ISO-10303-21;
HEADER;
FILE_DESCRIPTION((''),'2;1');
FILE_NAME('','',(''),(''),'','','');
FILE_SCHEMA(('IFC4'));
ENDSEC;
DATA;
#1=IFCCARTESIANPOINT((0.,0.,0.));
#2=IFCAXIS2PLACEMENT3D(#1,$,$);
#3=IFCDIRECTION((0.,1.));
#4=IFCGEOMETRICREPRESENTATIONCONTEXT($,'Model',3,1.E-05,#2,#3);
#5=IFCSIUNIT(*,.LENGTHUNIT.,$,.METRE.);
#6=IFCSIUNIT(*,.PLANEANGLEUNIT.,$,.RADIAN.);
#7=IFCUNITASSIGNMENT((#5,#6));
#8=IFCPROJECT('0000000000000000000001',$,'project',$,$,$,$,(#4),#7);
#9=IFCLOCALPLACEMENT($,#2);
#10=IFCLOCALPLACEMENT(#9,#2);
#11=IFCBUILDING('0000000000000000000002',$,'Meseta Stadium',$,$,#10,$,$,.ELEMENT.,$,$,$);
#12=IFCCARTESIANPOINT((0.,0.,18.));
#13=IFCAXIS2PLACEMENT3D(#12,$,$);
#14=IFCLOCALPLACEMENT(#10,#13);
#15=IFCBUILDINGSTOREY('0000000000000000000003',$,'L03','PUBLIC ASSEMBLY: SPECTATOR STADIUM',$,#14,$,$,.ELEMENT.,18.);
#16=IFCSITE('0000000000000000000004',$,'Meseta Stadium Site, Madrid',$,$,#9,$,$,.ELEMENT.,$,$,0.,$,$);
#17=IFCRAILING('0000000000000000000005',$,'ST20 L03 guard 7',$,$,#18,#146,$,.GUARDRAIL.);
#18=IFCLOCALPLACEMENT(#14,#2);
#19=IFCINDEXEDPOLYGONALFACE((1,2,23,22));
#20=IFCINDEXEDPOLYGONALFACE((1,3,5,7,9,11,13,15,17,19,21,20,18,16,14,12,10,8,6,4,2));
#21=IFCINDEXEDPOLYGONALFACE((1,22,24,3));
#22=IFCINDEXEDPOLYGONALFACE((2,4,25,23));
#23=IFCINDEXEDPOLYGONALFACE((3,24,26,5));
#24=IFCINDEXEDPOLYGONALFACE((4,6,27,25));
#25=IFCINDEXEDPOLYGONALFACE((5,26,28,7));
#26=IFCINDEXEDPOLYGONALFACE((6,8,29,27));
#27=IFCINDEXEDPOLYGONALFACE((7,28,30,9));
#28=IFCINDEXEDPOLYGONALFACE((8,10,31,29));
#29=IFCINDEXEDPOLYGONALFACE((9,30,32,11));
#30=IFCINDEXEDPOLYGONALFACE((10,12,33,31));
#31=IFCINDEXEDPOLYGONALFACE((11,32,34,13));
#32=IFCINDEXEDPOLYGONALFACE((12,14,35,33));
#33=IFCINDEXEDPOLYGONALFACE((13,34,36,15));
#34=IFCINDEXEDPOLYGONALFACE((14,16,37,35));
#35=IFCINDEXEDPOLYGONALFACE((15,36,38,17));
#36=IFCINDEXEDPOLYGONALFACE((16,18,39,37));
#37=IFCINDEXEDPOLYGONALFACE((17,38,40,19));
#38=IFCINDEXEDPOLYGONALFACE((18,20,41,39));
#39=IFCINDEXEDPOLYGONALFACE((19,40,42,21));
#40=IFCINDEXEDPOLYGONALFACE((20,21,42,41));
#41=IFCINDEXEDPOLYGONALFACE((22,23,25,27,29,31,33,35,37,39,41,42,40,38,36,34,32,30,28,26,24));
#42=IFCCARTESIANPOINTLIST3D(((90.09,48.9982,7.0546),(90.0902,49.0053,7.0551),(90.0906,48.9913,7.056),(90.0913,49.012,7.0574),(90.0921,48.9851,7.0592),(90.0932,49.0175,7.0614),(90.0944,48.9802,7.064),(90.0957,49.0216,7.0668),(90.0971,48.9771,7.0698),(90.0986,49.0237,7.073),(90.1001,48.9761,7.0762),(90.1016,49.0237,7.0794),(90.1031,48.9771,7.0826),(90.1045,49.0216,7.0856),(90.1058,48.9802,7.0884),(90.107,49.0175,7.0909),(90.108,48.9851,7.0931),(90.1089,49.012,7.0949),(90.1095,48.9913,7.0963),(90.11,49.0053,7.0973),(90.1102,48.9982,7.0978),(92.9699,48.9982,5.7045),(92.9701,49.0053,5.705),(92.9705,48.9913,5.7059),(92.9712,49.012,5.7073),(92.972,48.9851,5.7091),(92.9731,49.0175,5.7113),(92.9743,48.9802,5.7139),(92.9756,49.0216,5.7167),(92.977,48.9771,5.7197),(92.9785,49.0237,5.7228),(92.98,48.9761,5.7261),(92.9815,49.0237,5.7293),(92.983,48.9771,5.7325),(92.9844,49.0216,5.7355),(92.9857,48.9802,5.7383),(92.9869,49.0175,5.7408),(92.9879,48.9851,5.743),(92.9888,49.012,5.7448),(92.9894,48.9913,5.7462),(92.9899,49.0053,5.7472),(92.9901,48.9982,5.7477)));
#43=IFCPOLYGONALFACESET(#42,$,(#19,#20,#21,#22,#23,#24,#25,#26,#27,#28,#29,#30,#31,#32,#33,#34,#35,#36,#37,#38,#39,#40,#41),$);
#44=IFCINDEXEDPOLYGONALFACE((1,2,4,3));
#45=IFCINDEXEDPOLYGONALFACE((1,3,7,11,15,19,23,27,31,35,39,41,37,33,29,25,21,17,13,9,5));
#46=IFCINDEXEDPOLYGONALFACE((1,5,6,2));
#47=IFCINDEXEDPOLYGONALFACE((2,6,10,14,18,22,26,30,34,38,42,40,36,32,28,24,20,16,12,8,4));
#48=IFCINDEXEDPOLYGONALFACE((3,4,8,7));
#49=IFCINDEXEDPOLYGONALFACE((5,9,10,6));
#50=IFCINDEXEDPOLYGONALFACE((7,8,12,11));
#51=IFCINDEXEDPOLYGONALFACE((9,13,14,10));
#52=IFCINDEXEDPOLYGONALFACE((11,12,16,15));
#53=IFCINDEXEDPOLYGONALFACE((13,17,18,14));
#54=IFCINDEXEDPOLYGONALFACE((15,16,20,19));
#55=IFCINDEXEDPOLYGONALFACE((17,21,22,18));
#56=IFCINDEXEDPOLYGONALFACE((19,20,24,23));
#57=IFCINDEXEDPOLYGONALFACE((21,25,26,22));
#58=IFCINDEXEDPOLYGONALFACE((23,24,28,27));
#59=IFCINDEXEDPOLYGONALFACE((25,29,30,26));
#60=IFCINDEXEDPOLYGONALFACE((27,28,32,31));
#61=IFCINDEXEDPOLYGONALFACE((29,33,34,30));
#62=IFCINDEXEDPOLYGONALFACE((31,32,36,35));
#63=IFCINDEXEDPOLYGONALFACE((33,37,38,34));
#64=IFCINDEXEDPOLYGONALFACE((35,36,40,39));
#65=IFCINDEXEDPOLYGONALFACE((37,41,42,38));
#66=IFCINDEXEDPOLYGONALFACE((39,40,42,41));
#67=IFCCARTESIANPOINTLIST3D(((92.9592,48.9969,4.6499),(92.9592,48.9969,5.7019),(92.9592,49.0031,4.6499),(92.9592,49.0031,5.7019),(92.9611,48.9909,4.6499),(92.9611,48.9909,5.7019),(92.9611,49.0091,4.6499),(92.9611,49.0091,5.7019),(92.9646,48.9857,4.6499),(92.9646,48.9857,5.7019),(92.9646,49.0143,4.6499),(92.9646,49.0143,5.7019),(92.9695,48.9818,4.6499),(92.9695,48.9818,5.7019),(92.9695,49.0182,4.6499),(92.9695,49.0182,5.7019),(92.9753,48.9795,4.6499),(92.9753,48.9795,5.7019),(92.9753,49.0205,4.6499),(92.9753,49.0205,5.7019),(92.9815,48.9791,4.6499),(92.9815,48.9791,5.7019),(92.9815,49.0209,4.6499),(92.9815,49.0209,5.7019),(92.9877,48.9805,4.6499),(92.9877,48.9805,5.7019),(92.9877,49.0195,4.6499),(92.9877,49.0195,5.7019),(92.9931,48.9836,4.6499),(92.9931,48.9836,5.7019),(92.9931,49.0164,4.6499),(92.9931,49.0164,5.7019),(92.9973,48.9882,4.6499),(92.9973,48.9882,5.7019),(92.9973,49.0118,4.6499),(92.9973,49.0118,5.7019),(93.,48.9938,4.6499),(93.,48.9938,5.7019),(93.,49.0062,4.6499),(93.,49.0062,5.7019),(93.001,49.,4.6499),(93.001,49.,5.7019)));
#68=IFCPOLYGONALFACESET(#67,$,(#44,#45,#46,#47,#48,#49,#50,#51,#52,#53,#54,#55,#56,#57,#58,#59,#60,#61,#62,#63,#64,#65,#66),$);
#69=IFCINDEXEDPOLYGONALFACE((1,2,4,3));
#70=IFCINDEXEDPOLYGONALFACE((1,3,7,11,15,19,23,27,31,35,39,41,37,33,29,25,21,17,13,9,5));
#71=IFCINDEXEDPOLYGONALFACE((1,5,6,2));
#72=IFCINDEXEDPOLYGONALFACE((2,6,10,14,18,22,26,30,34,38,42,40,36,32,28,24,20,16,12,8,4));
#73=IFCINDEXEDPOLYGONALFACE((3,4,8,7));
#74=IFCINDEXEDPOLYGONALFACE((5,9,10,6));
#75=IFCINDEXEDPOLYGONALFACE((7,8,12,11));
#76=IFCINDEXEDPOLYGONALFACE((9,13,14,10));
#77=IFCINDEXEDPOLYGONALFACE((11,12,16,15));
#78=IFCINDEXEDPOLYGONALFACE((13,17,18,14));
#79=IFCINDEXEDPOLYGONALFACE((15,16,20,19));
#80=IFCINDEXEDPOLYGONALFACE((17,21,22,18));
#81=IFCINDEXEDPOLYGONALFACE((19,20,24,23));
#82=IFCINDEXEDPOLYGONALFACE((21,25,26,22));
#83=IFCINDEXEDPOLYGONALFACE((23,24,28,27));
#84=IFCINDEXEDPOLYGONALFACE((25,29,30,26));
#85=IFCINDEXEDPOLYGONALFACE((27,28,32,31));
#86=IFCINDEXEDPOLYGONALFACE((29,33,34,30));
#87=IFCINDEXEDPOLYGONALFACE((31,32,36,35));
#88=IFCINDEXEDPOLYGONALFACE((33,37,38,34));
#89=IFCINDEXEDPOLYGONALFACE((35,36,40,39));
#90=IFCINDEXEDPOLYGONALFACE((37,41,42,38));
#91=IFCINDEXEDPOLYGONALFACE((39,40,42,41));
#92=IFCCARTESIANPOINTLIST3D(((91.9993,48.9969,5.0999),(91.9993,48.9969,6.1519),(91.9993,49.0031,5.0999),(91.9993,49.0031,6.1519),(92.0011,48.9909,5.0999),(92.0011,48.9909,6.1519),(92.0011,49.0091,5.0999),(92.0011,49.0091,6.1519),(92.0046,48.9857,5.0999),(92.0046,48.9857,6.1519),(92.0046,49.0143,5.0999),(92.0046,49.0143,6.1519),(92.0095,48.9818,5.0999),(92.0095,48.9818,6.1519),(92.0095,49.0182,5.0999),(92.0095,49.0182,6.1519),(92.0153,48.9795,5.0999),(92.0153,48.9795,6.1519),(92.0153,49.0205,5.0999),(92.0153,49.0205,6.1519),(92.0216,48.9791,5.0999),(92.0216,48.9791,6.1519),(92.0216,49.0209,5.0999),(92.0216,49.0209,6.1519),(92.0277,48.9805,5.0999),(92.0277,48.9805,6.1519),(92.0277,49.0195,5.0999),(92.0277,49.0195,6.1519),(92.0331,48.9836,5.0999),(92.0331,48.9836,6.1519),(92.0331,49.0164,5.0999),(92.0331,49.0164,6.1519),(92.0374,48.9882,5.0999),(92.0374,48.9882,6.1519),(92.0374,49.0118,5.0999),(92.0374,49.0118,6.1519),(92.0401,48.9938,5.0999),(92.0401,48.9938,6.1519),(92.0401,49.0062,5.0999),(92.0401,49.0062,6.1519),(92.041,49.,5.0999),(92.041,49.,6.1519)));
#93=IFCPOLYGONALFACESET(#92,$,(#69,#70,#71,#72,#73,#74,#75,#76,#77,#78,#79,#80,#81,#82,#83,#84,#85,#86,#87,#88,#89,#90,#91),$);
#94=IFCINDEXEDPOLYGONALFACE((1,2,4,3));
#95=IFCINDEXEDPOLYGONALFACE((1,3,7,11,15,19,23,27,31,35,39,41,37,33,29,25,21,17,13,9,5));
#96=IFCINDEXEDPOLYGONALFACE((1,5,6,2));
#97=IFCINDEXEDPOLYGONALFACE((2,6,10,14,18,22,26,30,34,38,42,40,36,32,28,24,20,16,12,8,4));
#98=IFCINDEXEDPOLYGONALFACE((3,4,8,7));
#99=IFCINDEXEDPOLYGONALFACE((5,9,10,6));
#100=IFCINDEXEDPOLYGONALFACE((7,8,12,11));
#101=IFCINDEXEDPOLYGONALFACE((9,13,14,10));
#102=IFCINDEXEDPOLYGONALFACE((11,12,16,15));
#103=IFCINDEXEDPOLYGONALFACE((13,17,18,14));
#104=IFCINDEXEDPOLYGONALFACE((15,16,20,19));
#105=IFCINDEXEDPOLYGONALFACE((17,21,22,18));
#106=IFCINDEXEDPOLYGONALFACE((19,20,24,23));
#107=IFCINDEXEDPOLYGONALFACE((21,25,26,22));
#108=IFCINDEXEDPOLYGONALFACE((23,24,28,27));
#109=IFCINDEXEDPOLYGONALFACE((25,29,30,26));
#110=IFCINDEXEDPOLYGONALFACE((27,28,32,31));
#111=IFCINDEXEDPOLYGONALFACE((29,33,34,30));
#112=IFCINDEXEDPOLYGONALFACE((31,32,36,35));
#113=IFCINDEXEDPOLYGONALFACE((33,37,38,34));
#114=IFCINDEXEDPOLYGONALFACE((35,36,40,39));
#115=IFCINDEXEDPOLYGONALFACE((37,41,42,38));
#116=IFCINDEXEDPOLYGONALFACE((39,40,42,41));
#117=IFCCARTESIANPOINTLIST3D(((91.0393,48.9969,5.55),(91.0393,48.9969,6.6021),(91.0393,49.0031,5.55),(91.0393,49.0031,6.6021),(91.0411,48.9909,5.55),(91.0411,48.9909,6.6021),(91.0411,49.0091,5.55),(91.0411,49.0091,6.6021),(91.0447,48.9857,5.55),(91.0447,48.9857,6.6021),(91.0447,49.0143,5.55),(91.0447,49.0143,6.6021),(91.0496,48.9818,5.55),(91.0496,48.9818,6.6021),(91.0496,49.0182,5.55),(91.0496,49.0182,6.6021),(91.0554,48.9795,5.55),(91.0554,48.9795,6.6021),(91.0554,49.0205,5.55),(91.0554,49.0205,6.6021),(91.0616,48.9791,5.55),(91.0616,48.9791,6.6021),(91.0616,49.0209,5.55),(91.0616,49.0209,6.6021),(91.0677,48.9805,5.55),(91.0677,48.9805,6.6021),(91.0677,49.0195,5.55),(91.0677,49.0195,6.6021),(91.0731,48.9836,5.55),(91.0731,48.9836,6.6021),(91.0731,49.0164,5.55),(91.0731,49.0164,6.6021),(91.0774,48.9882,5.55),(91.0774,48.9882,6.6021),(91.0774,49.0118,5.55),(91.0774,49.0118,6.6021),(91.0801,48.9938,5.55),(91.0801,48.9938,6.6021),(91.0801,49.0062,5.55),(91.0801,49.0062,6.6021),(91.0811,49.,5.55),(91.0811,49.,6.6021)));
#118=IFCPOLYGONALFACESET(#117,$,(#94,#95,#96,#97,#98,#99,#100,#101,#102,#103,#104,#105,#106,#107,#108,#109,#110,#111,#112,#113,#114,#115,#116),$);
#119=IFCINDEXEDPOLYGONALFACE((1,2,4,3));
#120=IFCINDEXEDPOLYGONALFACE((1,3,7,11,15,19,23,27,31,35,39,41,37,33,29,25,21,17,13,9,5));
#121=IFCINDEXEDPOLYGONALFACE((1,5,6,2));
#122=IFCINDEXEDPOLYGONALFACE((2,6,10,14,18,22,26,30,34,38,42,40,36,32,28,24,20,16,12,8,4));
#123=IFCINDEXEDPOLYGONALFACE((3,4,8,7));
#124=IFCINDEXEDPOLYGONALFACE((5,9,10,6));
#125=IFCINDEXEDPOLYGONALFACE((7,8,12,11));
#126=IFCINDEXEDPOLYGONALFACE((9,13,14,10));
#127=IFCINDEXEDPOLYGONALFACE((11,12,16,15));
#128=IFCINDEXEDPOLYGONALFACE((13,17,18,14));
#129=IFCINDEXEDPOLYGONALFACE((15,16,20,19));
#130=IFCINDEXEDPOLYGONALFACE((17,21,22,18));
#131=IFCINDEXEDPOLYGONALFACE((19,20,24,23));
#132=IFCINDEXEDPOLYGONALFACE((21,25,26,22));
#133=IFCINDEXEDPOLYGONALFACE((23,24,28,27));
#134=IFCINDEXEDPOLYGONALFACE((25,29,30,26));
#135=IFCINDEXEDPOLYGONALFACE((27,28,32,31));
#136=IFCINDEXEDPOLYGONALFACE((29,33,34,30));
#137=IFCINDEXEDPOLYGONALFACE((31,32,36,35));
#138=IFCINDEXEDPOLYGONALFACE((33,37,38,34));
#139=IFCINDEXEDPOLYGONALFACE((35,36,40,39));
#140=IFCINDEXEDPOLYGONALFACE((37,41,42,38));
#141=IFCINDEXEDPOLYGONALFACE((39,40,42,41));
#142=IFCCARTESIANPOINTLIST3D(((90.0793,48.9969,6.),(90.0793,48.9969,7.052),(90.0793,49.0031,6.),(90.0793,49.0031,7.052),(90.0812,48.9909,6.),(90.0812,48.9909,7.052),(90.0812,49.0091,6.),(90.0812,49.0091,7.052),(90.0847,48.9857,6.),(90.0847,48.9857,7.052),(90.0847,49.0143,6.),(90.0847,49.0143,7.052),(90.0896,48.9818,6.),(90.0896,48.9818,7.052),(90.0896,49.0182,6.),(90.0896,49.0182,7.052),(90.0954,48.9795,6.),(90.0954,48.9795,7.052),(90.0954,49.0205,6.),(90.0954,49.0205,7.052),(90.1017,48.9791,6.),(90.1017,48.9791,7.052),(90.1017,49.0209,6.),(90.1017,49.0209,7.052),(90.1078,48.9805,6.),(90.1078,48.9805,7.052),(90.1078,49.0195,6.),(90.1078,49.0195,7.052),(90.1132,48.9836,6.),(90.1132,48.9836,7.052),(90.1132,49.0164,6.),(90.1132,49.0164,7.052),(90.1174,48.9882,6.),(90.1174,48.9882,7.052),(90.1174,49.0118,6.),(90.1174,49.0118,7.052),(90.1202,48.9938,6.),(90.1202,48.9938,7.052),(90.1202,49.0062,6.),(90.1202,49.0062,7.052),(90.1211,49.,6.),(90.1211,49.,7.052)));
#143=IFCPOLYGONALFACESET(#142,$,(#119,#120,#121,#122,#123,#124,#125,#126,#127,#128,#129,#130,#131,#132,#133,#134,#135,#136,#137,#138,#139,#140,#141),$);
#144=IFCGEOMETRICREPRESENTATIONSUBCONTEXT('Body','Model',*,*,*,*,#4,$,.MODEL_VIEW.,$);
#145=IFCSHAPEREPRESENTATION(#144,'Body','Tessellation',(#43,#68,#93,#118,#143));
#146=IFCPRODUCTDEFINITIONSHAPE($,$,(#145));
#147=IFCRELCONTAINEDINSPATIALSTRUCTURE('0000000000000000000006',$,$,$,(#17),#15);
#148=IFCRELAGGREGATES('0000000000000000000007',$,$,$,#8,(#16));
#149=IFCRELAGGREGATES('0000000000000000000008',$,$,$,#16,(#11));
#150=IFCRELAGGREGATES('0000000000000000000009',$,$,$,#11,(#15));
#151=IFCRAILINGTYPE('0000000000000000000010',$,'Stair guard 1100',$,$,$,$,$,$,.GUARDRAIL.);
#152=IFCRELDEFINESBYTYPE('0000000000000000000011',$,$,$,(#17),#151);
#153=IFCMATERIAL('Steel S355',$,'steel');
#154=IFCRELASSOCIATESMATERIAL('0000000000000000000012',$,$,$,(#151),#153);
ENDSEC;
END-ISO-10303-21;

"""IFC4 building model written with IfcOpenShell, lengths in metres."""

from ifc_helpers import new_model, si_unit, direction, frame, origin, origin_2d, place, context, subcontext, project, spatial, circle, extrude, material, type_object, element, save


model = new_model("IFC4")

# Units and contexts
model_context = context("Model", 3, precision=1e-05, world=origin(), true_north=direction((0.0, 1.0)))
body_context = subcontext(model_context, "Body", "Model", "MODEL_VIEW")
ifc_project = project(units=[si_unit("LENGTHUNIT", "METRE"), si_unit("PLANEANGLEUNIT", "RADIAN")], contexts=[model_context])

# Site, building, storey
site_placement = place(None, origin())
site = spatial("IfcSite", under=ifc_project, at=site_placement, Name="Meseta Stadium Site, Madrid", CompositionType="ELEMENT", RefElevation=0.0)
building_placement = place(site_placement, origin())
building = spatial("IfcBuilding", under=site, at=building_placement, Name="Meseta Stadium", CompositionType="ELEMENT")
storey_placement = place(building_placement, frame((0.0, 0.0, 18.0)))
storey = spatial("IfcBuildingStorey", under=building, at=storey_placement, Name="L03", Description="PUBLIC ASSEMBLY: SPECTATOR STADIUM", CompositionType="ELEMENT", Elevation=18.0)

# Railing
ifc_material_1 = material(Name="Steel S355", Category="steel")
railing_type_1 = type_object("IfcRailingType", Name="Stair guard 1100", PredefinedType="GUARDRAIL", material=ifc_material_1)
railing_1_placement = place(storey_placement, frame((92.98, 49.0, 4.6499)))
element("IfcRailing", 1, at=railing_1_placement, inside=storey, type_object=railing_type_1, Name="ST20 L03 guard 7", PredefinedType="GUARDRAIL", context=body_context, shape_type="SweptSolid", body=[
    extrude(circle(Radius=0.0239, at=origin_2d()), frame((0.0, 0.0, 1.0762), z_axis=(-0.90544, 0.0, 0.424473), x_axis=(0.0, -1.0, 0.0)), (0.0, 0.0, 1.0), 3.1807),
    extrude(circle(Radius=0.021, at=origin_2d()), origin(), (0.0, 0.0, 1.0), 1.052),
    extrude(circle(Radius=0.021, at=origin_2d()), frame((-0.96, 0.0, 0.45)), (0.0, 0.0, 1.0), 1.052),
    extrude(circle(Radius=0.021, at=origin_2d()), frame((-1.9199, 0.0, 0.9001)), (0.0, 0.0, 1.0), 1.052),
    extrude(circle(Radius=0.021, at=origin_2d()), frame((-2.8799, 0.0, 1.3501)), (0.0, 0.0, 1.0), 1.052),
])

save(model, "model.ifc")
